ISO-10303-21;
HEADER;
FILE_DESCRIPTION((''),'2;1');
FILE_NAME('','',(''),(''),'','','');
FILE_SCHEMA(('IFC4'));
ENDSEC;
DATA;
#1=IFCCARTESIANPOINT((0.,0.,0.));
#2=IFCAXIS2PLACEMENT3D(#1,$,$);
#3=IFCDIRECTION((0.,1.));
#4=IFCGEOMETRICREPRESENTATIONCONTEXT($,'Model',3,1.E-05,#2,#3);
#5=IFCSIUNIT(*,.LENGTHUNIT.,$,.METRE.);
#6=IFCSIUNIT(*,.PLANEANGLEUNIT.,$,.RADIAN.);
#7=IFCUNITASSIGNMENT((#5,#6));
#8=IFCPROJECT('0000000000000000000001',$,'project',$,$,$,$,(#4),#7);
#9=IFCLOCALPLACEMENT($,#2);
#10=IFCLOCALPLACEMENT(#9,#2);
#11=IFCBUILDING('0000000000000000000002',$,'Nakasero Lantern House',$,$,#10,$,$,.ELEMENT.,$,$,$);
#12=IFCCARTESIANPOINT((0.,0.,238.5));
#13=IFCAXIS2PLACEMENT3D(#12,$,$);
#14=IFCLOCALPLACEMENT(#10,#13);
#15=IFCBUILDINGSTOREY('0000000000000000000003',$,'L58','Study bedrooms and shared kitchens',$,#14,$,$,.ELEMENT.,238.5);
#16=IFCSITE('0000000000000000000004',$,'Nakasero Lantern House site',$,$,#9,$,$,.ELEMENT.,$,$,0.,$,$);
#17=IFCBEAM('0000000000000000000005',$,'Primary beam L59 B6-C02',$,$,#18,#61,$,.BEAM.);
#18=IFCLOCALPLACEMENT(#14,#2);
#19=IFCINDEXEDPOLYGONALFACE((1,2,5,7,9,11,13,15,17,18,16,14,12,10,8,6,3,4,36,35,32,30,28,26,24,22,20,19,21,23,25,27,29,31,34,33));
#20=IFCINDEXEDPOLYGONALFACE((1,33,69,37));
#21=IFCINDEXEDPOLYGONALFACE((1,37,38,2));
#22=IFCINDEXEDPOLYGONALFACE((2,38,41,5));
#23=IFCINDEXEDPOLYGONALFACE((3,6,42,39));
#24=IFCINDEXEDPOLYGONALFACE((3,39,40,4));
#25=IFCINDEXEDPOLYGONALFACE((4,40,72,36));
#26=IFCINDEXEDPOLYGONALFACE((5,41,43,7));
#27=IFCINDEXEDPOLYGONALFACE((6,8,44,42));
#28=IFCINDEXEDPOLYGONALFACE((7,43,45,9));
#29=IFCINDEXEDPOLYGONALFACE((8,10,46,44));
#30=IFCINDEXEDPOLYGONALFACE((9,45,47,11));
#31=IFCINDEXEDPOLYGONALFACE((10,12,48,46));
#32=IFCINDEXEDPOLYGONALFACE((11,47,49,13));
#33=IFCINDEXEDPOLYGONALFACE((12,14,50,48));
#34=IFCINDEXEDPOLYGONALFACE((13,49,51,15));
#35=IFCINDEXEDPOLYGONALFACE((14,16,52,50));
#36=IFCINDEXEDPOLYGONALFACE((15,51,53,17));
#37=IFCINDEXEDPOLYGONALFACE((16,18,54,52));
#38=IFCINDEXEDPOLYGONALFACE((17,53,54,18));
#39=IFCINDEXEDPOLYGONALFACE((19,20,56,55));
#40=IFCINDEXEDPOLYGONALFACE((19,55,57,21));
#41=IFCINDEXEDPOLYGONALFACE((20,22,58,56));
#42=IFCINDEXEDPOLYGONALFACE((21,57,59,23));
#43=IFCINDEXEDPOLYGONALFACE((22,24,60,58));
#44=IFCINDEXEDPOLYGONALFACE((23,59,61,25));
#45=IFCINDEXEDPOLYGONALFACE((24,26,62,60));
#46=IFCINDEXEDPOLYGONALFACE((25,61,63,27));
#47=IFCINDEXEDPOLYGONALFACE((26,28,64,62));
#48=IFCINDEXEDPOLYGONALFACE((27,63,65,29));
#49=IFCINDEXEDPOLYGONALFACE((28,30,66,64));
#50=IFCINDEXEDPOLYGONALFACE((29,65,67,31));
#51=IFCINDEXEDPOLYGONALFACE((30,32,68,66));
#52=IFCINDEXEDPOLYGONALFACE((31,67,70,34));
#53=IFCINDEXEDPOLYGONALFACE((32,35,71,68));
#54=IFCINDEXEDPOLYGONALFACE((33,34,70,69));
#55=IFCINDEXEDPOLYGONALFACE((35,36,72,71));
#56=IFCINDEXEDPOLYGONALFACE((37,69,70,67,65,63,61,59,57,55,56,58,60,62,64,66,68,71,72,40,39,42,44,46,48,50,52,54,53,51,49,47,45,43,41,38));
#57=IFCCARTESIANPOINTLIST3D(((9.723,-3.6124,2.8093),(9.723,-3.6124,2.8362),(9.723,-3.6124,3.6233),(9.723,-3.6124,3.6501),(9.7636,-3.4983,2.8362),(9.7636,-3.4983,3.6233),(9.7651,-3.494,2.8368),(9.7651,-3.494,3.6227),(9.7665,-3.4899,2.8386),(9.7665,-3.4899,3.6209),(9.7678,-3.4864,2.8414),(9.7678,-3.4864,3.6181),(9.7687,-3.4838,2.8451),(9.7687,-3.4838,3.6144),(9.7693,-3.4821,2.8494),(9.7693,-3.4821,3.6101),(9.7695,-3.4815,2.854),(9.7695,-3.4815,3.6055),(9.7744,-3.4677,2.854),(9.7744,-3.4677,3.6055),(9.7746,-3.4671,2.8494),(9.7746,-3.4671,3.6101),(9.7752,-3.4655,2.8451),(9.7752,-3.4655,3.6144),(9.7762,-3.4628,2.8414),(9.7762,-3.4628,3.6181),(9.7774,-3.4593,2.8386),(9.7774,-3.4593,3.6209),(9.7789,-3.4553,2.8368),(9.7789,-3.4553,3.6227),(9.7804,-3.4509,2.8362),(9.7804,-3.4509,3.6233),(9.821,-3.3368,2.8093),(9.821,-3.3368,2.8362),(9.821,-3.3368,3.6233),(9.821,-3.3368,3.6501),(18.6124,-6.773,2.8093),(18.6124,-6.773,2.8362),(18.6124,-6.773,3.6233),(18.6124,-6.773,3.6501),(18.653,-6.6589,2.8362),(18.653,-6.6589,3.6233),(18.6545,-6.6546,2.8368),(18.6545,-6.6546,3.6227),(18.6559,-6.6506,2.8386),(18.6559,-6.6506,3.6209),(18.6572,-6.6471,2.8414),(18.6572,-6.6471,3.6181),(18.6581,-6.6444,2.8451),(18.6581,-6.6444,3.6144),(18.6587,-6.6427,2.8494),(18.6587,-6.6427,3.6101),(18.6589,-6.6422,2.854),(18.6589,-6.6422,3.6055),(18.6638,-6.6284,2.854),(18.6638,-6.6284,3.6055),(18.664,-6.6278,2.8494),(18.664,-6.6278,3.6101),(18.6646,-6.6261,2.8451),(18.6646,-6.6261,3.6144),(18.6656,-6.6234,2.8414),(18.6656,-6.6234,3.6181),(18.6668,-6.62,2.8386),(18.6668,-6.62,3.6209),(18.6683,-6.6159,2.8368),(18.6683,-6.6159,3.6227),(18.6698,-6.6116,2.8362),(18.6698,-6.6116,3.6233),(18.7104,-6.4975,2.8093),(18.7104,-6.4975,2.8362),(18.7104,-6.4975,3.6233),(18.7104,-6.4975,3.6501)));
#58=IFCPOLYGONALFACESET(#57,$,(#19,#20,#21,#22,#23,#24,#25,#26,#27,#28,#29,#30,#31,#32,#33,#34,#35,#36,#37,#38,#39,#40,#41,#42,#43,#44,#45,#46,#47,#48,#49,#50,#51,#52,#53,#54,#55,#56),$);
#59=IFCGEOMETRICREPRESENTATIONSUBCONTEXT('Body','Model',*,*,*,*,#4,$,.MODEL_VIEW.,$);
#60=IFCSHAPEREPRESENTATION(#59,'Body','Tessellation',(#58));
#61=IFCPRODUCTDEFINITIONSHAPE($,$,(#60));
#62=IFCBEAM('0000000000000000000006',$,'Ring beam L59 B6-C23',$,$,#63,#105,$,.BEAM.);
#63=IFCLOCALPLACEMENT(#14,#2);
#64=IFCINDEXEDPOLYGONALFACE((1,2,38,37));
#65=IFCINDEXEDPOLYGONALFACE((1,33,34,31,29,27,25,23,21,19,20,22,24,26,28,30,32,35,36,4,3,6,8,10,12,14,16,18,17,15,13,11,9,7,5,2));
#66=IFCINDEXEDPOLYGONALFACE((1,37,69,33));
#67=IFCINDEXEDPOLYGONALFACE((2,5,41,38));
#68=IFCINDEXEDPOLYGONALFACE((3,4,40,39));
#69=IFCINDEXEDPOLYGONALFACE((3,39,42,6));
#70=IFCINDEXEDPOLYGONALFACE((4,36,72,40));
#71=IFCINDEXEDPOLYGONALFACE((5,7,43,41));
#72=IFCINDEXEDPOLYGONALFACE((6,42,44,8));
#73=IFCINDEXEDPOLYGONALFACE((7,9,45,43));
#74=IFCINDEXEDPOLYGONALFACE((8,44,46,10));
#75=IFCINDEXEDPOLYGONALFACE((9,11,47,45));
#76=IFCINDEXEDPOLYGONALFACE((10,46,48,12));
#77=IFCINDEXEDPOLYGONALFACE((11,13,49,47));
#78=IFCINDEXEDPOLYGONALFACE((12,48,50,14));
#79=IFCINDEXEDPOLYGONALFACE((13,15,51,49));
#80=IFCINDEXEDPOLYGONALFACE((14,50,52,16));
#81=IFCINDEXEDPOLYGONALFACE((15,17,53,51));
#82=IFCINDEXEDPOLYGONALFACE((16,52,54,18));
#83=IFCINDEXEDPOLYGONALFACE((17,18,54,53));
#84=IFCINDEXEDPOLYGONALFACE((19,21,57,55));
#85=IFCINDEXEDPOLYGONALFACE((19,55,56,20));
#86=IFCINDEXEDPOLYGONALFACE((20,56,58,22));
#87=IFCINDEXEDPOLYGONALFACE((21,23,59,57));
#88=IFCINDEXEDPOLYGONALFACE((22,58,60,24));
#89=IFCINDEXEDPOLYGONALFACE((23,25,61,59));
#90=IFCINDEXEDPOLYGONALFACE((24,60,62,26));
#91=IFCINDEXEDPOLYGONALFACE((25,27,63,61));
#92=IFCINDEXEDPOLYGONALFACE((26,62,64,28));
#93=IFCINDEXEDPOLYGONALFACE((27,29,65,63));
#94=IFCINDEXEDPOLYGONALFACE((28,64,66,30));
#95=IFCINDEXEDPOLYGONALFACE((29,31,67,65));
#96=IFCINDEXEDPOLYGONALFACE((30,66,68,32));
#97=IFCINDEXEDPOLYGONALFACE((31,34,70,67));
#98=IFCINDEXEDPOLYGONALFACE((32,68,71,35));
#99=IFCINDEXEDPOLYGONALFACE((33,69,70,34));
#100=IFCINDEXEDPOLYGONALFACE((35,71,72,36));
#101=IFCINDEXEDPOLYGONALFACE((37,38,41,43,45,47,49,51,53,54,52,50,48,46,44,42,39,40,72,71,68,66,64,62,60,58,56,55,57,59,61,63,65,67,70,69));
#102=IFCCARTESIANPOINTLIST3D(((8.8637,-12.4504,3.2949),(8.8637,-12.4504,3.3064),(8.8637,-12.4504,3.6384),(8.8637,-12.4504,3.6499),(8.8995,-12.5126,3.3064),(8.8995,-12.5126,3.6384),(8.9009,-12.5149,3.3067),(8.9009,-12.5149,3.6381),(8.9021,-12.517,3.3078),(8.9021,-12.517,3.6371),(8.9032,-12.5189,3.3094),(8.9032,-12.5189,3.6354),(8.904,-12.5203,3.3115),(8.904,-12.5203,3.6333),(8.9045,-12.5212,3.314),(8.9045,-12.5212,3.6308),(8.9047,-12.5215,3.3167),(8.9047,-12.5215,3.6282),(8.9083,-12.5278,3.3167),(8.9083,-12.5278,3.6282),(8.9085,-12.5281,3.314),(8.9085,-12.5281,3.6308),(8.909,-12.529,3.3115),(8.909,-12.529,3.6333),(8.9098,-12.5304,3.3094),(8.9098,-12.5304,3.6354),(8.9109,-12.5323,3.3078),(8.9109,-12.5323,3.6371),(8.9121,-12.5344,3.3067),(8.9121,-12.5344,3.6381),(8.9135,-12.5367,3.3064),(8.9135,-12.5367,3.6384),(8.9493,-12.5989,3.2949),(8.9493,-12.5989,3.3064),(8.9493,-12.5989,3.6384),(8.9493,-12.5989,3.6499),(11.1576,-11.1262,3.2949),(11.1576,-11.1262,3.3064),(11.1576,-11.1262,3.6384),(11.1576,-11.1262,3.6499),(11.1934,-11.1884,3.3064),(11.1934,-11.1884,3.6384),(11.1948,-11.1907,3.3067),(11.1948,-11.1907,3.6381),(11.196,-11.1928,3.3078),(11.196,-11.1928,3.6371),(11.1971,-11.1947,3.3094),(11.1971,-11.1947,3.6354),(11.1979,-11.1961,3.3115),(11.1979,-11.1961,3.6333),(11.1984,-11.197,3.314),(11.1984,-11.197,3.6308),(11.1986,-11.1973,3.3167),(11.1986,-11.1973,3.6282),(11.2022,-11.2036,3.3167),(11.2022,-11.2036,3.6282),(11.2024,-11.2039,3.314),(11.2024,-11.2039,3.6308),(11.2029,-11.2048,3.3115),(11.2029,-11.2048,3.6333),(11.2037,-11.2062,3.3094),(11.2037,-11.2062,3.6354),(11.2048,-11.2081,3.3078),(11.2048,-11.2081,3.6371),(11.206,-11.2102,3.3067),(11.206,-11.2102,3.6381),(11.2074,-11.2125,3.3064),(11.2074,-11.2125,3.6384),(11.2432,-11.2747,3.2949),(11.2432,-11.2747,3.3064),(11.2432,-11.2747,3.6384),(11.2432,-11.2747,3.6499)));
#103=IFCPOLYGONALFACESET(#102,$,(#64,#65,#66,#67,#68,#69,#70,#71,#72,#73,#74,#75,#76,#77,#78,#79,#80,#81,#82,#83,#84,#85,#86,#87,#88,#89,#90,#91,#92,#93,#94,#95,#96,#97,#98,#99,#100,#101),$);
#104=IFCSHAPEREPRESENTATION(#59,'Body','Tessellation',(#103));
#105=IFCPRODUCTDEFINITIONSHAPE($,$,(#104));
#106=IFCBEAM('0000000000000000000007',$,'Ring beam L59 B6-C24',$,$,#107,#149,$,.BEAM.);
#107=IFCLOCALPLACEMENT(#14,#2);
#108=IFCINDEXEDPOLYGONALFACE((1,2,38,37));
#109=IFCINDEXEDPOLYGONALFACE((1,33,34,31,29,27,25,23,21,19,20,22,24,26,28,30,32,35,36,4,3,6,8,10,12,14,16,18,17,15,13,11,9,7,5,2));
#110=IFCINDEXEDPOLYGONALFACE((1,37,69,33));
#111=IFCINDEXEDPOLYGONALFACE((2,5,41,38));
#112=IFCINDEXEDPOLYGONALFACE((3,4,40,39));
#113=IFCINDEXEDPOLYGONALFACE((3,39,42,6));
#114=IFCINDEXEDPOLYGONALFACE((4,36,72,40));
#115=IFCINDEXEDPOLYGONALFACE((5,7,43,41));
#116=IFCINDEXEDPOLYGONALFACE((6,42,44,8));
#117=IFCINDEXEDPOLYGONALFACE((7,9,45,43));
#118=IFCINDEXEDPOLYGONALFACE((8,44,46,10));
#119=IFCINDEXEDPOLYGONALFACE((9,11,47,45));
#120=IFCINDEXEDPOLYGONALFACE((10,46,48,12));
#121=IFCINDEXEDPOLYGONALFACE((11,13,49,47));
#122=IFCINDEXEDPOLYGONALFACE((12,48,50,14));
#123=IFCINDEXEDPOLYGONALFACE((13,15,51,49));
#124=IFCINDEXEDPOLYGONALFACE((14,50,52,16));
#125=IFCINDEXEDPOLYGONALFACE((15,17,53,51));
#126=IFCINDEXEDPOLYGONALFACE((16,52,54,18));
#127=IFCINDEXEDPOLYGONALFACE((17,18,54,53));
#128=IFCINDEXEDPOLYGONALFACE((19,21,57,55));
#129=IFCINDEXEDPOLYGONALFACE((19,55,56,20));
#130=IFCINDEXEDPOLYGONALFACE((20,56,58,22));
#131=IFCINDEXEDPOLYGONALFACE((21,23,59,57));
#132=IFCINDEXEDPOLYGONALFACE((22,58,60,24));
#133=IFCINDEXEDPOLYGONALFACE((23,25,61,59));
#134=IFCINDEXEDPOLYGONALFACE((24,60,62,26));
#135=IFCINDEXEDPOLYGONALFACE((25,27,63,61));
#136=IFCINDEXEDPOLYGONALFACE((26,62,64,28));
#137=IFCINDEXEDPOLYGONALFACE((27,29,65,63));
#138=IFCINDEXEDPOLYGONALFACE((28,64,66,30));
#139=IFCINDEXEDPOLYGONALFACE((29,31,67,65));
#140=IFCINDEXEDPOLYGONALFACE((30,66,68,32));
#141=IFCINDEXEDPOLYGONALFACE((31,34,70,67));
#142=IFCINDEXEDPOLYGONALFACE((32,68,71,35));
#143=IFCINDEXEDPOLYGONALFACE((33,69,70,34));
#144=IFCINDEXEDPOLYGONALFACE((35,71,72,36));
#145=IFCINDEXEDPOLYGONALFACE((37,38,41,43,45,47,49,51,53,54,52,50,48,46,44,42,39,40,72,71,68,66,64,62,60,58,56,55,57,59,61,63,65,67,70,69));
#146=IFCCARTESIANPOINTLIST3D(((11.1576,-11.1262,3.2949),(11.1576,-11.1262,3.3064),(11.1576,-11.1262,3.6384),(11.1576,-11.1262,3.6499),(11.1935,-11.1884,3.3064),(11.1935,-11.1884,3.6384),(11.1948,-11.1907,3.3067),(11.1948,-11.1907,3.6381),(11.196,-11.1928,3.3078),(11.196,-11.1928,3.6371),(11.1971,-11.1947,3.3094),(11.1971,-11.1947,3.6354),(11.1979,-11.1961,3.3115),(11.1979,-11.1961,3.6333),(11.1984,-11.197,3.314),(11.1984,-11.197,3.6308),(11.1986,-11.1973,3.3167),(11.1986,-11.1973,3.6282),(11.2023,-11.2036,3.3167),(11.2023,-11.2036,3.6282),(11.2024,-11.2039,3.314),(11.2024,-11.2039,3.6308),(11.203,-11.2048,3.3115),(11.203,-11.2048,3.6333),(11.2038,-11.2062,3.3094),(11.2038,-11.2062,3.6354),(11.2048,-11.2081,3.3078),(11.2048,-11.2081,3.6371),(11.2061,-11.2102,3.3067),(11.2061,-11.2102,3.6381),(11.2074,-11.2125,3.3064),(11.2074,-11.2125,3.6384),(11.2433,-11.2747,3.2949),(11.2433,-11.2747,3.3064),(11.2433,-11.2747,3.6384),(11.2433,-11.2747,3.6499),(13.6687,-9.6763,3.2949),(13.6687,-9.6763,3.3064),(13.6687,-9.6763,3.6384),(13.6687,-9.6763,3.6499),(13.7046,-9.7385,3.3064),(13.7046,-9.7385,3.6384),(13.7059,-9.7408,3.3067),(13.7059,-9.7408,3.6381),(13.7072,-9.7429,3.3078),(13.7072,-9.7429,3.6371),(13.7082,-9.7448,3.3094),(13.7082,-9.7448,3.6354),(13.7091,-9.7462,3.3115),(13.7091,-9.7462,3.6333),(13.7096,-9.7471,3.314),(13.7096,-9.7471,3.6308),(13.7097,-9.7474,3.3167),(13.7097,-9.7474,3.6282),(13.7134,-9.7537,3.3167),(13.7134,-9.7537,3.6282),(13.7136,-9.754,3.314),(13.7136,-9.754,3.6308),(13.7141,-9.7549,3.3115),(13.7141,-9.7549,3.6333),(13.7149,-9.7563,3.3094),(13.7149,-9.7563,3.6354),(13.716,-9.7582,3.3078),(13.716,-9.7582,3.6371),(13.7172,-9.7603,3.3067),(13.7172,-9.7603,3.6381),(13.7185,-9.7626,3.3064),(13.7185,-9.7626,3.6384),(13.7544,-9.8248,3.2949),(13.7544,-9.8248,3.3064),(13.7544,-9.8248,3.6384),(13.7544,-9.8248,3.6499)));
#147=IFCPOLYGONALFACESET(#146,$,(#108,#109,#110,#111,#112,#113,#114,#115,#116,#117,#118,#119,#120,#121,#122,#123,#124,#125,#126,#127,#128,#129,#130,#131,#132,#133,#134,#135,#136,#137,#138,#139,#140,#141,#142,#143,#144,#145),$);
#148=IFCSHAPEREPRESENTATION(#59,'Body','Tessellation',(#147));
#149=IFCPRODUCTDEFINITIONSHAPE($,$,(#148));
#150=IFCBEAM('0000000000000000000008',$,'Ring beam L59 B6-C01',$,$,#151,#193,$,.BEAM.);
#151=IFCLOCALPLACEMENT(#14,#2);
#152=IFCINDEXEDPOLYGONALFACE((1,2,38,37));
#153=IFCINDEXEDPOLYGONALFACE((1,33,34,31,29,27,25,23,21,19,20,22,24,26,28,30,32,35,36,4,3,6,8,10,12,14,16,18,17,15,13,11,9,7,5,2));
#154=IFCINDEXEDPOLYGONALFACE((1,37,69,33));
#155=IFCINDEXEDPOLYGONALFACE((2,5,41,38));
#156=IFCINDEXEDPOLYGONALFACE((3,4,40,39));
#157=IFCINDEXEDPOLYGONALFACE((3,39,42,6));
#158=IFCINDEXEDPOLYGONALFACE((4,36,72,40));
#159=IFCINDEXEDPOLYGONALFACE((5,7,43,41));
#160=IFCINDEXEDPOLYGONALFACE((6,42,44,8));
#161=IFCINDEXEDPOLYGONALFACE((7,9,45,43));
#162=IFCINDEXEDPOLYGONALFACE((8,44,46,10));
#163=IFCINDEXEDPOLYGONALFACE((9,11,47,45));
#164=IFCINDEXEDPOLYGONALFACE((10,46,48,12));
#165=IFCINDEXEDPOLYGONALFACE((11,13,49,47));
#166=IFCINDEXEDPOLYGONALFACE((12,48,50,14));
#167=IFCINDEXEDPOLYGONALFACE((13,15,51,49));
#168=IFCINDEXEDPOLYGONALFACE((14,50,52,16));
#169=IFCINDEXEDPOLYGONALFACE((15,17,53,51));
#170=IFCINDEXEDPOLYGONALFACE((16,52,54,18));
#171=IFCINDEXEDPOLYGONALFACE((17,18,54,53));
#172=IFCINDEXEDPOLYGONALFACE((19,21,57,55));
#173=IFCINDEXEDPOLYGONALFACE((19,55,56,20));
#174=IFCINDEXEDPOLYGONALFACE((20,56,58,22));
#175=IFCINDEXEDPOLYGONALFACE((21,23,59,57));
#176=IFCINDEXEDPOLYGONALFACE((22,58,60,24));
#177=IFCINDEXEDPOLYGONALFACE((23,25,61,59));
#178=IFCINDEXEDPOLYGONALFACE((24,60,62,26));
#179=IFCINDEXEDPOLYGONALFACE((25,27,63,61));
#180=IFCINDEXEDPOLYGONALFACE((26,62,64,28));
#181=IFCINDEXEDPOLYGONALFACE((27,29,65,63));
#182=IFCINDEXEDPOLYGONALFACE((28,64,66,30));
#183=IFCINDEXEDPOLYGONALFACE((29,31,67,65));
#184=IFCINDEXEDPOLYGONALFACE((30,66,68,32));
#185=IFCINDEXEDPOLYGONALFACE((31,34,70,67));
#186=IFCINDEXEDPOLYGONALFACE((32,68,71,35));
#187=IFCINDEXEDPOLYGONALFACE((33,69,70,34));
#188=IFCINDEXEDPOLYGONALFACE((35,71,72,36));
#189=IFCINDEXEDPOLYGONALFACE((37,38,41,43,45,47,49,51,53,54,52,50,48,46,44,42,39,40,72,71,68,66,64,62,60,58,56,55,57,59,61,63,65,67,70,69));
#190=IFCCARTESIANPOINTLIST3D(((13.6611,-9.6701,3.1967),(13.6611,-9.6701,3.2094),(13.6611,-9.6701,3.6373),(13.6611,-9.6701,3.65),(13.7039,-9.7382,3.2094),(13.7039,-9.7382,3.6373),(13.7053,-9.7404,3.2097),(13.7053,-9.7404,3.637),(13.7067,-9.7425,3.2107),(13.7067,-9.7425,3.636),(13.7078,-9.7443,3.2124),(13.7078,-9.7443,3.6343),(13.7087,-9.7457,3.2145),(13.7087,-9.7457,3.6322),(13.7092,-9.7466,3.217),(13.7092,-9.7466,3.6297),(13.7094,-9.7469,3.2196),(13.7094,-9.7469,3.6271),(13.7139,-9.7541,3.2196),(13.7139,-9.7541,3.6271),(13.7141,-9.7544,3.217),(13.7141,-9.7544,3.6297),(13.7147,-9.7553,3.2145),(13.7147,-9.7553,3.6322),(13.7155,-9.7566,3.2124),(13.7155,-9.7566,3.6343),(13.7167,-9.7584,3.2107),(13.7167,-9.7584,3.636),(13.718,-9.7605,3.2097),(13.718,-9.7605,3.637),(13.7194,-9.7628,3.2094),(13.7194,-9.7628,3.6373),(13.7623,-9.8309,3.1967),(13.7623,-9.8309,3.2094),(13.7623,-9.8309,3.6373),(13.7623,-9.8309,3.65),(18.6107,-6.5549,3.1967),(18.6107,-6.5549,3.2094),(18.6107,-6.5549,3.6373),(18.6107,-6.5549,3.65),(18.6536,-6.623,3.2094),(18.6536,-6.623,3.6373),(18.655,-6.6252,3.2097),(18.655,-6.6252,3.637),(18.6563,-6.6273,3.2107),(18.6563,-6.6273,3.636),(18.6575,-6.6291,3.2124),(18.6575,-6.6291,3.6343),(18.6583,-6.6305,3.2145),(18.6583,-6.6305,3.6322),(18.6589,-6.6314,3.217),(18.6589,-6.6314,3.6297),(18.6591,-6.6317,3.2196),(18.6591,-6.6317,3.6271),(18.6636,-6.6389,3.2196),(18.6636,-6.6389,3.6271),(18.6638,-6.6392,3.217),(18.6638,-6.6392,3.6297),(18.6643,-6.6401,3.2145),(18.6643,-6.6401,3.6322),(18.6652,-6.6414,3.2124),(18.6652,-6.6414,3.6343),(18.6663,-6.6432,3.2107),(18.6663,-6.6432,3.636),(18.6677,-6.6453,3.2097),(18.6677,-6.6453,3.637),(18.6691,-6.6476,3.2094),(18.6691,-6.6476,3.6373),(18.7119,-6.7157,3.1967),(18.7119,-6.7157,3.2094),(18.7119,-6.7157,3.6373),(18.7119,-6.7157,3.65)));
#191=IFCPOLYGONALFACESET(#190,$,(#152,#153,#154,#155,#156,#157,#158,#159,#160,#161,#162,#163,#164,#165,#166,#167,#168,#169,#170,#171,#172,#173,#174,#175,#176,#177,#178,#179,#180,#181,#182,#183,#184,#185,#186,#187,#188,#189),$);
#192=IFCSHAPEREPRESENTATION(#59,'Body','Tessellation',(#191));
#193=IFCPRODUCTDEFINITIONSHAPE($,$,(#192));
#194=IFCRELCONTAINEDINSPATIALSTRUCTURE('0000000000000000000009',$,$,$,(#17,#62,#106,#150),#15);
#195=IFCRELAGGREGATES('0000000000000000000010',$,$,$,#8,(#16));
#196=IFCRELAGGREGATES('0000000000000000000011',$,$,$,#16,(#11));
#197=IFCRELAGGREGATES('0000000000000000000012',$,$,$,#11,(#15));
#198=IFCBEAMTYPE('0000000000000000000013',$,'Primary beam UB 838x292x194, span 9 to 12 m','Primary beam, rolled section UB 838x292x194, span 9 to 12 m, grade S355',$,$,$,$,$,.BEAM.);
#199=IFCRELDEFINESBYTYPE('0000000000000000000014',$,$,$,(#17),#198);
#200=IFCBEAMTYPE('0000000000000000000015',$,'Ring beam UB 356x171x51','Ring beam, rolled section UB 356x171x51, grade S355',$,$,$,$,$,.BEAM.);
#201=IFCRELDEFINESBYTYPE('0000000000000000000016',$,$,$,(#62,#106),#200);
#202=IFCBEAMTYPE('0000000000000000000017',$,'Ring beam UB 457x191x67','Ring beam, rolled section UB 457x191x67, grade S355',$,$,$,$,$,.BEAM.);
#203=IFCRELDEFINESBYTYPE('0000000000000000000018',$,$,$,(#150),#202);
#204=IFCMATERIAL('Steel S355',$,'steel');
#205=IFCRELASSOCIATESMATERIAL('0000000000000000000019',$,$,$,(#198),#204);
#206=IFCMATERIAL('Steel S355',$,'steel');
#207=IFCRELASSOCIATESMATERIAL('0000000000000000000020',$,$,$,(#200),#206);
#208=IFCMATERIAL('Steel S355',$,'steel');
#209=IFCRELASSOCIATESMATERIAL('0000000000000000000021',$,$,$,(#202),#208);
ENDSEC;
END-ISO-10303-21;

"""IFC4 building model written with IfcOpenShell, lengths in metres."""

from ifc_helpers import new_model, si_unit, direction, frame, origin, origin_2d, place, context, subcontext, project, spatial, i_section, extrude, material, material_profile, profile_set, type_object, element, save


model = new_model("IFC4")

# Units and contexts
model_context = context("Model", 3, precision=1e-05, world=origin(), true_north=direction((0.0, 1.0)))
body_context = subcontext(model_context, "Body", "Model", "MODEL_VIEW")
ifc_project = project(units=[si_unit("LENGTHUNIT", "METRE"), si_unit("PLANEANGLEUNIT", "RADIAN")], contexts=[model_context])

# Site, building, storey
site_placement = place(None, origin())
site = spatial("IfcSite", under=ifc_project, at=site_placement, Name="Nakasero Lantern House site", CompositionType="ELEMENT", RefElevation=0.0)
building_placement = place(site_placement, origin())
building = spatial("IfcBuilding", under=site, at=building_placement, Name="Nakasero Lantern House", CompositionType="ELEMENT")
storey_placement = place(building_placement, frame((0.0, 0.0, 238.5)))
storey = spatial("IfcBuildingStorey", under=building, at=storey_placement, Name="L58", Description="Study bedrooms and shared kitchens", CompositionType="ELEMENT", Elevation=238.5)

# Beams
ifc_material_1 = material(Name="Steel S355", Category="steel")
ifc_material_profile_1 = material_profile(ifc_material_1, i_section(OverallWidth=0.2925, OverallDepth=0.8408, WebThickness=0.0146, FlangeThickness=0.0269, FilletRadius=0.0178, at=origin_2d()), Name="UB 838x292x194")
ifc_profile_set_1 = profile_set([ifc_material_profile_1], Name="Steel S355")
beam_type_1 = type_object("IfcBeamType", Name="Primary beam UB 838x292x194, span 9 to 12 m", Description="Primary beam, rolled section UB 838x292x194, span 9 to 12 m, grade S355", PredefinedType="BEAM", material=ifc_profile_set_1)
beam_1_placement = place(storey_placement, frame((18.6614, -6.6353, 3.2297), z_axis=(-0.942216, 0.335007, 0.0), x_axis=(-0.335007, -0.942216, 0.0)))
element("IfcBeam", 1, at=beam_1_placement, inside=storey, type_object=beam_type_1, Name="Primary beam L59 B6-C02", PredefinedType="BEAM", context=body_context, shape_type="SweptSolid", body=[
    extrude(i_section(OverallWidth=0.2925, OverallDepth=0.8408, WebThickness=0.0146, FlangeThickness=0.0269, FilletRadius=0.0178, at=origin_2d()), origin(), (0.0, 0.0, 1.0), 9.4346),
])
ifc_material_2 = material(Name="Steel S355", Category="steel")
ifc_material_profile_2 = material_profile(ifc_material_2, i_section(OverallWidth=0.1714, OverallDepth=0.355, WebThickness=0.0073, FlangeThickness=0.0115, FilletRadius=0.0103, at=origin_2d()), Name="UB 356x171x51")
ifc_profile_set_2 = profile_set([ifc_material_profile_2], Name="Steel S355")
beam_type_2 = type_object("IfcBeamType", Name="Ring beam UB 356x171x51", Description="Ring beam, rolled section UB 356x171x51, grade S355", PredefinedType="BEAM", material=ifc_profile_set_2)
beam_2_placement = place(storey_placement, frame((8.9065, -12.5247, 3.4724), z_axis=(0.866057, 0.499946, 0.0), x_axis=(-0.499946, 0.866057, 0.0)))
element("IfcBeam", 2, at=beam_2_placement, inside=storey, type_object=beam_type_2, Name="Ring beam L59 B6-C23", PredefinedType="BEAM", context=body_context, shape_type="SweptSolid", body=[
    extrude(i_section(OverallWidth=0.1714, OverallDepth=0.355, WebThickness=0.0073, FlangeThickness=0.0115, FilletRadius=0.0103, at=origin_2d()), origin(), (0.0, 0.0, 1.0), 2.6487),
])
beam_3_placement = place(storey_placement, frame((11.2004, -11.2004, 3.4724), z_axis=(0.866012, 0.500024, 0.0), x_axis=(-0.500024, 0.866012, 0.0)))
element("IfcBeam", 3, at=beam_3_placement, inside=storey, type_object=beam_type_2, Name="Ring beam L59 B6-C24", PredefinedType="BEAM", context=body_context, shape_type="SweptSolid", body=[
    extrude(i_section(OverallWidth=0.1714, OverallDepth=0.355, WebThickness=0.0073, FlangeThickness=0.0115, FilletRadius=0.0103, at=origin_2d()), origin(), (0.0, 0.0, 1.0), 2.8997),
])
ifc_material_3 = material(Name="Steel S355", Category="steel")
ifc_material_profile_3 = material_profile(ifc_material_3, i_section(OverallWidth=0.1899, OverallDepth=0.4534, WebThickness=0.0085, FlangeThickness=0.0127, FilletRadius=0.0103, at=origin_2d()), Name="UB 457x191x67")
ifc_profile_set_3 = profile_set([ifc_material_profile_3], Name="Steel S355")
beam_type_3 = type_object("IfcBeamType", Name="Ring beam UB 457x191x67", Description="Ring beam, rolled section UB 457x191x67, grade S355", PredefinedType="BEAM", material=ifc_profile_set_3)
beam_4_placement = place(storey_placement, frame((13.7117, -9.7505, 3.4233), z_axis=(0.846329, 0.53266, 0.0), x_axis=(-0.53266, 0.846329, 0.0)))
element("IfcBeam", 4, at=beam_4_placement, inside=storey, type_object=beam_type_3, Name="Ring beam L59 B6-C01", PredefinedType="BEAM", context=body_context, shape_type="SweptSolid", body=[
    extrude(i_section(OverallWidth=0.1899, OverallDepth=0.4534, WebThickness=0.0085, FlangeThickness=0.0127, FilletRadius=0.0103, at=origin_2d()), origin(), (0.0, 0.0, 1.0), 5.8484),
])

save(model, "model.ifc")
